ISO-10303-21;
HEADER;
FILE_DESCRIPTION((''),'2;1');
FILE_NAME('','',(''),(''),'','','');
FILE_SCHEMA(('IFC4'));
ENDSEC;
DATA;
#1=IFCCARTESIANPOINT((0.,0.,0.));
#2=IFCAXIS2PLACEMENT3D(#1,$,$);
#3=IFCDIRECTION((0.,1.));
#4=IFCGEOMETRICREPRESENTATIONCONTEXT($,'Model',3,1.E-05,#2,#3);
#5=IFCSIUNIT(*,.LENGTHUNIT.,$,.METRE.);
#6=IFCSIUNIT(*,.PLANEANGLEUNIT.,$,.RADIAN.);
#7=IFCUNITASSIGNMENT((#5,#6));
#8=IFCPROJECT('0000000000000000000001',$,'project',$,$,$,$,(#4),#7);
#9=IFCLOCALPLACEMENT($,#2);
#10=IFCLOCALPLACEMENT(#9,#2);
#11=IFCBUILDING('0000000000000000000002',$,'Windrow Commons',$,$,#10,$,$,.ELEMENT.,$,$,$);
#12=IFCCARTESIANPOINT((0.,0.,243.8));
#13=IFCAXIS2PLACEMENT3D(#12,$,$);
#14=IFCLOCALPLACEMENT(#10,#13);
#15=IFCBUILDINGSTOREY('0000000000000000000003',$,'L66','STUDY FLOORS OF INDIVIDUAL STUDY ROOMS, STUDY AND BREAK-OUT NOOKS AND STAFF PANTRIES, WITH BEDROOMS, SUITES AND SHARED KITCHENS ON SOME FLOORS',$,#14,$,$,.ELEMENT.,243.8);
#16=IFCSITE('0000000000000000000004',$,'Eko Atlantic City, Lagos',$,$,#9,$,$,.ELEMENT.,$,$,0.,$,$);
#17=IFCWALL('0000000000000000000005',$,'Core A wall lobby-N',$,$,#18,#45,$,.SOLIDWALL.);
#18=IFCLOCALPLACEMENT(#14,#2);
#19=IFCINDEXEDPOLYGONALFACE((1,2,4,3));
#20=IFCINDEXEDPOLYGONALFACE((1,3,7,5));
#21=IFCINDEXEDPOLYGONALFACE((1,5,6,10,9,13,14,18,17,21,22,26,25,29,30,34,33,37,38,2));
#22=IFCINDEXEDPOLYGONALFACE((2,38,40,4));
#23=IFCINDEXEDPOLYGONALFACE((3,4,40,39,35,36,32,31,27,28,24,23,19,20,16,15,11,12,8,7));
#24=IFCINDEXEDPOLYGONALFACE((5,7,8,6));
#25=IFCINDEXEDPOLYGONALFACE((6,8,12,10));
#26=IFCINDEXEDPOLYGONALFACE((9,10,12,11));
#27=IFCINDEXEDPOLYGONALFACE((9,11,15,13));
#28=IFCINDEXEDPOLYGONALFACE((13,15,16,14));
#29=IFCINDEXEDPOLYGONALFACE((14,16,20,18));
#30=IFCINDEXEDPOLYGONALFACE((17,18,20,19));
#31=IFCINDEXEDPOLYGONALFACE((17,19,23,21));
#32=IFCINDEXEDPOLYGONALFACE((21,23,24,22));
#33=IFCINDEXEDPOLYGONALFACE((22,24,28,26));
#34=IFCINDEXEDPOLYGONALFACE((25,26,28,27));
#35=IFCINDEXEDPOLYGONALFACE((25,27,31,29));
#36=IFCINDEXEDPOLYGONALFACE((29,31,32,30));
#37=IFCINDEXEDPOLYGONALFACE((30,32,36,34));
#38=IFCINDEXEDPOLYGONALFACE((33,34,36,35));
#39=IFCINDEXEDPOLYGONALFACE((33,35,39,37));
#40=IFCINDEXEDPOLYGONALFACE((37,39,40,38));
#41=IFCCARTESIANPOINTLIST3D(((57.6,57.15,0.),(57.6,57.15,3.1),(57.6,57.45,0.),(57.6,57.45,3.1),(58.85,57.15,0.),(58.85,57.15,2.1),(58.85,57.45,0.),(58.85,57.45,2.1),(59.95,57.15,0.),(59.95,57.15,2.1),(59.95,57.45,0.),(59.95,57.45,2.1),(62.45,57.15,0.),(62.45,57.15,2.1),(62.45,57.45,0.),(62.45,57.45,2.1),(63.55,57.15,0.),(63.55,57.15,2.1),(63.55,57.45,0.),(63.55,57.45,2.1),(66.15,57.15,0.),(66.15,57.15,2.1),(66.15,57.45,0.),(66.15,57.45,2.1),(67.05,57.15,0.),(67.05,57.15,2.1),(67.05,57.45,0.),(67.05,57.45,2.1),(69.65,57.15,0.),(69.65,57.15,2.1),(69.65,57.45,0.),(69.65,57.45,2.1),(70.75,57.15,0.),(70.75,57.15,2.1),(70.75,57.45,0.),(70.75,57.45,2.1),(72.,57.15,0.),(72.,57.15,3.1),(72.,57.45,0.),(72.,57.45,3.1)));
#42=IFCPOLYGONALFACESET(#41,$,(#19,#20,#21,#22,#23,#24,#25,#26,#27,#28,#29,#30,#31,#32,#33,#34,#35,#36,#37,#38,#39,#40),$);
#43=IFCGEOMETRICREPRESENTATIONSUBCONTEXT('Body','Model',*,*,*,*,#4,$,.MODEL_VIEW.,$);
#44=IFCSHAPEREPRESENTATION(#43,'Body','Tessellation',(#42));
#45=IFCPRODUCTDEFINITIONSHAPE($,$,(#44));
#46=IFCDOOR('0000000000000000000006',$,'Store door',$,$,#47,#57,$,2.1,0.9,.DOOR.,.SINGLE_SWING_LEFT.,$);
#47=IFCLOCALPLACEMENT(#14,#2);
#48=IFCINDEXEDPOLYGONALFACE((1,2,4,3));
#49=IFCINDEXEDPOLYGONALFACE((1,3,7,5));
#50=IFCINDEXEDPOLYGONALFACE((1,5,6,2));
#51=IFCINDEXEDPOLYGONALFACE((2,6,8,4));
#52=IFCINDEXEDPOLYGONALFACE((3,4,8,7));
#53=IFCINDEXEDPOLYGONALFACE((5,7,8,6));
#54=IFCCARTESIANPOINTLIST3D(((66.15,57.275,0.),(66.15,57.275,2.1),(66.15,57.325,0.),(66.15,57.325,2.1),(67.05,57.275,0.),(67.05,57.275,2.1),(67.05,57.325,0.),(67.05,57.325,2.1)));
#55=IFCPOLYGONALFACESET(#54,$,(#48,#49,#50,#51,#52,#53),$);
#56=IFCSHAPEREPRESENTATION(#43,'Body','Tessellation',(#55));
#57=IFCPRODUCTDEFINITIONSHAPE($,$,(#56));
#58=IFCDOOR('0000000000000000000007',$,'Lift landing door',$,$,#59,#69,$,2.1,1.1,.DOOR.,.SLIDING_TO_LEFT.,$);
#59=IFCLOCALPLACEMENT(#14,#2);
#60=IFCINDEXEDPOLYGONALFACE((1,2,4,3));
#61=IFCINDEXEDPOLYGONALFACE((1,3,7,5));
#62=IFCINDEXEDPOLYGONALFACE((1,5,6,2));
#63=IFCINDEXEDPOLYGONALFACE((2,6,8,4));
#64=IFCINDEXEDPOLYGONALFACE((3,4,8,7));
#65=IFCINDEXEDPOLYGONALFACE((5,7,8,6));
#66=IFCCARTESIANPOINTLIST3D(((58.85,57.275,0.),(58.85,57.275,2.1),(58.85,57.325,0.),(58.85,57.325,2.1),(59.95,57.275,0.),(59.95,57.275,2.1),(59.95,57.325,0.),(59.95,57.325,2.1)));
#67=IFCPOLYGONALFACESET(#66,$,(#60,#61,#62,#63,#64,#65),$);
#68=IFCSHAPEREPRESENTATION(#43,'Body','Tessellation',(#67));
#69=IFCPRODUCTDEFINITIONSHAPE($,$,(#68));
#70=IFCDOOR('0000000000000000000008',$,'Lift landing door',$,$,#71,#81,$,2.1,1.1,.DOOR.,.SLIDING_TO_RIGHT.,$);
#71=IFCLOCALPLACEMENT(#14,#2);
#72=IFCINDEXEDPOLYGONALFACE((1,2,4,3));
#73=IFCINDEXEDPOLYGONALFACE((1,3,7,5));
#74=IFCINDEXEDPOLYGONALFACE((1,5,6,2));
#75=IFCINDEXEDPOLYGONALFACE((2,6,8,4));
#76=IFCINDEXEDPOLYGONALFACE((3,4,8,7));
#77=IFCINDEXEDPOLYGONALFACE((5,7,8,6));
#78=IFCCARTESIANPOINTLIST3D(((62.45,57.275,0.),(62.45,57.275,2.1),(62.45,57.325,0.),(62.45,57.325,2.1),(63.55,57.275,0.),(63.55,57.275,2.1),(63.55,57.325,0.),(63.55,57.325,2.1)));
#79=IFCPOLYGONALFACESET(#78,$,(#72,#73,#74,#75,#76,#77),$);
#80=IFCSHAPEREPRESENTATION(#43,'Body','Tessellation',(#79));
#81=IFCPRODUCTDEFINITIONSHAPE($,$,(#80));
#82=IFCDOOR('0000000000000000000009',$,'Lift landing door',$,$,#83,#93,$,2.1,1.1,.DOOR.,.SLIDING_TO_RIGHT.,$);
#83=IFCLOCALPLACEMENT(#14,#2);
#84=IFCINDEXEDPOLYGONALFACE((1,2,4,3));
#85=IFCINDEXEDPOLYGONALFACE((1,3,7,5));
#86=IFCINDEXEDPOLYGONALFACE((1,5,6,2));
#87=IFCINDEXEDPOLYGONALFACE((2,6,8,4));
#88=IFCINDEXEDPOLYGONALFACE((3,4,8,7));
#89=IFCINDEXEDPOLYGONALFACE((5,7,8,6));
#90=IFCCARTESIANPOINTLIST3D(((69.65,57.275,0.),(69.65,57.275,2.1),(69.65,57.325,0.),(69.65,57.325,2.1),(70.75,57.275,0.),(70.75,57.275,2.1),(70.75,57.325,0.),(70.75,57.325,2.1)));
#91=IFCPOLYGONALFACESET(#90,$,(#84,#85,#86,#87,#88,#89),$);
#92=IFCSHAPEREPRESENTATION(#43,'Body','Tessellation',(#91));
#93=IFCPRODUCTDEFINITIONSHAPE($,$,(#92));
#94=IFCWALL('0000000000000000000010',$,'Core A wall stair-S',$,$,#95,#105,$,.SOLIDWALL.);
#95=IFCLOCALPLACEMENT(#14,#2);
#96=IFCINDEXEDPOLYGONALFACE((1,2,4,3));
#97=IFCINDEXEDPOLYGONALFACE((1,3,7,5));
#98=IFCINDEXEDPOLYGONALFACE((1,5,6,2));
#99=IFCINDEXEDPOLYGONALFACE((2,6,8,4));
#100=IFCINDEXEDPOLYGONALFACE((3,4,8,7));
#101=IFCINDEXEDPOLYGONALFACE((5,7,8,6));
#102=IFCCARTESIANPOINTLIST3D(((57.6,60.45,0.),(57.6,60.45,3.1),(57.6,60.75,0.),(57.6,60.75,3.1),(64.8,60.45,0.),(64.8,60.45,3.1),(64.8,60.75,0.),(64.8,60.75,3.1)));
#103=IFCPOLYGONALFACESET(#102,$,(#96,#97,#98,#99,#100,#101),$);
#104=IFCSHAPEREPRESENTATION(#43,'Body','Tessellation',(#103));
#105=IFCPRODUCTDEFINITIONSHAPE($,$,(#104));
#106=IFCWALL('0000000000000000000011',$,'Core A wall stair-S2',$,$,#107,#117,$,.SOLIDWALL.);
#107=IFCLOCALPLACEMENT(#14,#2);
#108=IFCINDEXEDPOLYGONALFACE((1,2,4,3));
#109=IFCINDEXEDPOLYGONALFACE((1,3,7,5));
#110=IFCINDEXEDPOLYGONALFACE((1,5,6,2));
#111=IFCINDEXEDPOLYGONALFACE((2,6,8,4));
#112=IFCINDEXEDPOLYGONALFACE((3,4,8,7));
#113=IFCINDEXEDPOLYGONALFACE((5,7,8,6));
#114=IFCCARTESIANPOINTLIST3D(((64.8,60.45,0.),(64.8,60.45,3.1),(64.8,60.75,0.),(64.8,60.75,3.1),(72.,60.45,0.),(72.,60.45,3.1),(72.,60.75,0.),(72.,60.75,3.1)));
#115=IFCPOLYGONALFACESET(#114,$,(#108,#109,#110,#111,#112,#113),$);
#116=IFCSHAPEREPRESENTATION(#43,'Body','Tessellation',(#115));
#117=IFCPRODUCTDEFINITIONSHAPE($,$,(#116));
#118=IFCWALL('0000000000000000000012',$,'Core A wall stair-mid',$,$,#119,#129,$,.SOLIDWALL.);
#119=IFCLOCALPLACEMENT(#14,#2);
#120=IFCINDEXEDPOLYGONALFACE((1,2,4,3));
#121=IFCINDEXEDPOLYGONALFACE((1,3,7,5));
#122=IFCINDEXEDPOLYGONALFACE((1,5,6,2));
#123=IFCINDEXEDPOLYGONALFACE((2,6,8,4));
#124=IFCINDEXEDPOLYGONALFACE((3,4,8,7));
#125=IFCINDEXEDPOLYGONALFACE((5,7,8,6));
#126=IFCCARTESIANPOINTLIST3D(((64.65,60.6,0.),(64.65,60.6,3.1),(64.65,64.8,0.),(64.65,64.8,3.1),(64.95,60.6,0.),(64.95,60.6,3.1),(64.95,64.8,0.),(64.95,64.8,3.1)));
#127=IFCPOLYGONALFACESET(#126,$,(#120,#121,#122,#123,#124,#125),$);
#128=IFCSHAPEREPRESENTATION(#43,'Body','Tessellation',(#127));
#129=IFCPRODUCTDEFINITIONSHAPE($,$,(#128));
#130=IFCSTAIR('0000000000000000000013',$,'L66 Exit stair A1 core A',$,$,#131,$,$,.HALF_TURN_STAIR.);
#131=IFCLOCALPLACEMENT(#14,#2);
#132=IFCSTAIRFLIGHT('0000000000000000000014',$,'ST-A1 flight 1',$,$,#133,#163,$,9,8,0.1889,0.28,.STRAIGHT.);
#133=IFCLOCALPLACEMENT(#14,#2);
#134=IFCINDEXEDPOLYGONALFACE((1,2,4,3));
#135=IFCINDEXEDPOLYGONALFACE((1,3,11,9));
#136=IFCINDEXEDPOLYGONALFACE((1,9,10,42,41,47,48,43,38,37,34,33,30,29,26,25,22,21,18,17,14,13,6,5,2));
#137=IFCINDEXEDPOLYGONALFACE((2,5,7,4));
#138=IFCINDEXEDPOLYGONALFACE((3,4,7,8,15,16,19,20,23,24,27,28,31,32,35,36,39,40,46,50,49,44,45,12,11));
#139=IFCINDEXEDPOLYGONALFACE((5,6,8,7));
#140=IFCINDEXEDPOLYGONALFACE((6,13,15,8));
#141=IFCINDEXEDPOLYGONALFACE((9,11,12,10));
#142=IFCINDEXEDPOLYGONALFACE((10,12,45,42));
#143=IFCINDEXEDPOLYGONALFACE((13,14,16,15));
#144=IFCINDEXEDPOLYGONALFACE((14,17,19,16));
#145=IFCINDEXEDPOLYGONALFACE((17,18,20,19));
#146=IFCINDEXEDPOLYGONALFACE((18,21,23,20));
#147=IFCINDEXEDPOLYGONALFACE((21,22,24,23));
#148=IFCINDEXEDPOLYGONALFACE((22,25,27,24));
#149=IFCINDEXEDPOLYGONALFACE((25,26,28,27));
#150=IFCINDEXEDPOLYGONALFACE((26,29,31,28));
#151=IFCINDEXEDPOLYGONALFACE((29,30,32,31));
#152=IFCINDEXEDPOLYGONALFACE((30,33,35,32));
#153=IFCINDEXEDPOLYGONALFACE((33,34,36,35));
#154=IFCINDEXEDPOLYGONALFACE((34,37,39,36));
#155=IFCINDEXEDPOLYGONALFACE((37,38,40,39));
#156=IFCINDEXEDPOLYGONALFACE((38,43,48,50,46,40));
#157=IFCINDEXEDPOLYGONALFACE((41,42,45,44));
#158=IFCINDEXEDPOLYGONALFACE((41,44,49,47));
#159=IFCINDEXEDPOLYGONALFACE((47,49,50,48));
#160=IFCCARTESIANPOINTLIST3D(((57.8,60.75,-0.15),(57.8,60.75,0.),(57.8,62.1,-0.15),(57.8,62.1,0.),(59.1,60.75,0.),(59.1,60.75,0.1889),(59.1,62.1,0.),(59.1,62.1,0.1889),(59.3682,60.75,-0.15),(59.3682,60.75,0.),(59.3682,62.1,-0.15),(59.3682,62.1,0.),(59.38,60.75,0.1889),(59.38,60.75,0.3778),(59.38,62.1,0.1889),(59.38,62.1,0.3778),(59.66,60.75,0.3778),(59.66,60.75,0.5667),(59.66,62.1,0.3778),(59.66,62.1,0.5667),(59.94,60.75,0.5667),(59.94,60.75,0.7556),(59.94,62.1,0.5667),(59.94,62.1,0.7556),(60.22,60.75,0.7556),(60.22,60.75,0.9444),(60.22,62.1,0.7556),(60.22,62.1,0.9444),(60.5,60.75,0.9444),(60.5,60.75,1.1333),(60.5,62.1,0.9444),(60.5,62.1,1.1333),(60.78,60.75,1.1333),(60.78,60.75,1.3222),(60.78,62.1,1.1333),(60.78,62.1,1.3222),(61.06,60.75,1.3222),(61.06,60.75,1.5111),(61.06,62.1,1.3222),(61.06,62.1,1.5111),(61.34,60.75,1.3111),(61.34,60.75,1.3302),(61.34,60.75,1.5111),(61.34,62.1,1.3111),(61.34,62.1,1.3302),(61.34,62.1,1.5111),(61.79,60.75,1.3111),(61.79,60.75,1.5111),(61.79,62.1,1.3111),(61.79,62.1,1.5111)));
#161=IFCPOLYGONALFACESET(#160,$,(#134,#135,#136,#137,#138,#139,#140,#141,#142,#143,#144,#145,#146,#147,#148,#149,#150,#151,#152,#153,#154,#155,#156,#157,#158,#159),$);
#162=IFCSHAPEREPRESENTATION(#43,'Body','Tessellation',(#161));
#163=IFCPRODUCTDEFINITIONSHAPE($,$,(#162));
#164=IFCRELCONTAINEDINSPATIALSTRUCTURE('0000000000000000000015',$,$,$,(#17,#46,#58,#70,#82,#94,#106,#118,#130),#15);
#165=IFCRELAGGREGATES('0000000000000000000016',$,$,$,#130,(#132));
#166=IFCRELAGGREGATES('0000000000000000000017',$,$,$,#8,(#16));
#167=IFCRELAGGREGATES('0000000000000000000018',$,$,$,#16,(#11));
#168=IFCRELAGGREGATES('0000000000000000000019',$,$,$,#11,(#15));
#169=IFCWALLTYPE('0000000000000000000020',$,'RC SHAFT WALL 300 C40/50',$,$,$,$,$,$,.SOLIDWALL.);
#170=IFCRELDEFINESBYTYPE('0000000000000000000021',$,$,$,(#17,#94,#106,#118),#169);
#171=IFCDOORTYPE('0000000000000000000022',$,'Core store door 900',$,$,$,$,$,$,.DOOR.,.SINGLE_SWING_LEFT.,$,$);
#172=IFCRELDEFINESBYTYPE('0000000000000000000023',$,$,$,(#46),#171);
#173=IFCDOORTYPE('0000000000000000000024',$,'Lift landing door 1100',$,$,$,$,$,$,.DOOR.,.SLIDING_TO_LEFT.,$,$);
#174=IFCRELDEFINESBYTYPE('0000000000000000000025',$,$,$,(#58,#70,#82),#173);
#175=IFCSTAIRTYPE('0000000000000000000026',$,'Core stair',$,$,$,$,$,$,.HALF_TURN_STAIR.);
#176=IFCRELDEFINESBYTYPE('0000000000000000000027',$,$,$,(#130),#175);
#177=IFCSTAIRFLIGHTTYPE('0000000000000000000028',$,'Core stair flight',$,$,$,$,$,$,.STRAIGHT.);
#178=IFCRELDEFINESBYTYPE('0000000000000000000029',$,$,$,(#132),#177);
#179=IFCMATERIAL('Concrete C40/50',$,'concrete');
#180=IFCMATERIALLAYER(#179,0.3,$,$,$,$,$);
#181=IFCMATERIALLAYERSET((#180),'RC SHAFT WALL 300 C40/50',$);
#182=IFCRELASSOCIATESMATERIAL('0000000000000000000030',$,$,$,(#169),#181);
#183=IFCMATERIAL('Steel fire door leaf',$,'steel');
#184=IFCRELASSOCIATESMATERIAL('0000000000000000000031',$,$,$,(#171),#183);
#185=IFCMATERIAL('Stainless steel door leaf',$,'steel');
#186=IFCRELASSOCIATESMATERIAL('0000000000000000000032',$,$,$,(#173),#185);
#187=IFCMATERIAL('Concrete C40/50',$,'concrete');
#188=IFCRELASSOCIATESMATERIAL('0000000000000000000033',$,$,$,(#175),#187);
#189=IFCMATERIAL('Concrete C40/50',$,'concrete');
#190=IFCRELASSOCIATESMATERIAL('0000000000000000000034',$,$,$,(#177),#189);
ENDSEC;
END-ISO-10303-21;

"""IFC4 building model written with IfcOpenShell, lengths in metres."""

from ifc_helpers import new_model, si_unit, direction, frame, frame_2d, origin, place, context, subcontext, project, spatial, polyline, rectangle, outline, extrude, material, layer, layer_set, type_object, element, fill, aggregate, save


model = new_model("IFC4")

# Units and contexts
model_context = context("Model", 3, precision=1e-05, world=origin(), true_north=direction((0.0, 1.0)))
body_context = subcontext(model_context, "Body", "Model", "MODEL_VIEW")
ifc_project = project(units=[si_unit("LENGTHUNIT", "METRE"), si_unit("PLANEANGLEUNIT", "RADIAN")], contexts=[model_context])

# Site, building, storey
site_placement = place(None, origin())
site = spatial("IfcSite", under=ifc_project, at=site_placement, Name="Eko Atlantic City, Lagos", CompositionType="ELEMENT", RefElevation=0.0)
building_placement = place(site_placement, origin())
building = spatial("IfcBuilding", under=site, at=building_placement, Name="Windrow Commons", CompositionType="ELEMENT")
storey_placement = place(building_placement, frame((0.0, 0.0, 243.8)))
storey = spatial("IfcBuildingStorey", under=building, at=storey_placement, Name="L66", Description="STUDY FLOORS OF INDIVIDUAL STUDY ROOMS, STUDY AND BREAK-OUT NOOKS AND STAFF PANTRIES, WITH BEDROOMS, SUITES AND SHARED KITCHENS ON SOME FLOORS", CompositionType="ELEMENT", Elevation=243.8)

# Shared definitions
ifc_material_1 = material(Name="Concrete C40/50", Category="concrete")
ifc_layer_1 = layer(ifc_material_1, 0.3)
ifc_layer_set_1 = layer_set([ifc_layer_1], Name="RC SHAFT WALL 300 C40/50")
wall_type_1 = type_object("IfcWallType", Name="RC SHAFT WALL 300 C40/50", PredefinedType="SOLIDWALL", material=ifc_layer_set_1)

# Wall, openings, doors
ifc_material_2 = material(Name="Steel fire door leaf", Category="steel")
door_type_1 = type_object("IfcDoorType", Name="Core store door 900", OperationType="SINGLE_SWING_LEFT", PredefinedType="DOOR", material=ifc_material_2)
ifc_material_3 = material(Name="Stainless steel door leaf", Category="steel")
door_type_2 = type_object("IfcDoorType", Name="Lift landing door 1100", OperationType="SLIDING_TO_LEFT", PredefinedType="DOOR", material=ifc_material_3)
wall_1_placement = place(storey_placement, frame((57.6, 57.3, 0.0), z_axis=(0.0, 0.0, 1.0), x_axis=(1.0, 0.0, 0.0)))
wall_1 = element("IfcWall", 1, at=wall_1_placement, inside=storey, type_object=wall_type_1, Name="Core A wall lobby-N", PredefinedType="SOLIDWALL", context=body_context, shape_type="SweptSolid", body=[
    extrude(rectangle(XDim=14.4, YDim=0.3, at=frame_2d((7.2, 0.0))), origin(), (0.0, 0.0, 1.0), 3.1),
])
opening_1_placement = place(wall_1_placement, frame((8.55, 0.0, 0.0)))
opening_1 = element("IfcOpeningElement", 2, at=opening_1_placement, cuts=wall_1, PredefinedType="OPENING", context=body_context, shape_type="SweptSolid", body=[
    extrude(rectangle(XDim=0.9, YDim=2.1, at=frame_2d((0.45, 1.05))), frame((0.0, 0.16, 0.0), z_axis=(0.0, -1.0, 0.0), x_axis=(1.0, 0.0, 0.0)), (0.0, 0.0, 1.0), 0.32),
])
opening_2_placement = place(wall_1_placement, frame((1.25, 0.0, 0.0)))
opening_2 = element("IfcOpeningElement", 3, at=opening_2_placement, cuts=wall_1, PredefinedType="OPENING", context=body_context, shape_type="SweptSolid", body=[
    extrude(rectangle(XDim=1.1, YDim=2.1, at=frame_2d((0.55, 1.05))), frame((0.0, 0.16, 0.0), z_axis=(0.0, -1.0, 0.0), x_axis=(1.0, 0.0, 0.0)), (0.0, 0.0, 1.0), 0.32),
])
opening_3_placement = place(wall_1_placement, frame((4.85, 0.0, 0.0)))
opening_3 = element("IfcOpeningElement", 4, at=opening_3_placement, cuts=wall_1, PredefinedType="OPENING", context=body_context, shape_type="SweptSolid", body=[
    extrude(rectangle(XDim=1.1, YDim=2.1, at=frame_2d((0.55, 1.05))), frame((0.0, 0.16, 0.0), z_axis=(0.0, -1.0, 0.0), x_axis=(1.0, 0.0, 0.0)), (0.0, 0.0, 1.0), 0.32),
])
opening_4_placement = place(wall_1_placement, frame((12.05, 0.0, 0.0)))
opening_4 = element("IfcOpeningElement", 5, at=opening_4_placement, cuts=wall_1, PredefinedType="OPENING", context=body_context, shape_type="SweptSolid", body=[
    extrude(rectangle(XDim=1.1, YDim=2.1, at=frame_2d((0.55, 1.05))), frame((0.0, 0.16, 0.0), z_axis=(0.0, -1.0, 0.0), x_axis=(1.0, 0.0, 0.0)), (0.0, 0.0, 1.0), 0.32),
])
door_1_placement = place(opening_1_placement, origin())
door_1 = element("IfcDoor", 6, at=door_1_placement, inside=storey, type_object=door_type_1, Name="Store door", OperationType="SINGLE_SWING_LEFT", OverallHeight=2.1, OverallWidth=0.9, PredefinedType="DOOR", context=body_context, shape_type="SweptSolid", body=[
    extrude(rectangle(XDim=0.9, YDim=2.1, at=frame_2d((0.45, 1.05))), frame((0.0, 0.025, 0.0), z_axis=(0.0, -1.0, 0.0), x_axis=(1.0, 0.0, 0.0)), (0.0, 0.0, 1.0), 0.05),
])
fill(opening_1, door_1)
door_2_placement = place(opening_2_placement, origin())
door_2 = element("IfcDoor", 7, at=door_2_placement, inside=storey, type_object=door_type_2, Name="Lift landing door", OperationType="SLIDING_TO_LEFT", OverallHeight=2.1, OverallWidth=1.1, PredefinedType="DOOR", context=body_context, shape_type="SweptSolid", body=[
    extrude(rectangle(XDim=1.1, YDim=2.1, at=frame_2d((0.55, 1.05))), frame((0.0, 0.025, 0.0), z_axis=(0.0, -1.0, 0.0), x_axis=(1.0, 0.0, 0.0)), (0.0, 0.0, 1.0), 0.05),
])
fill(opening_2, door_2)
door_3_placement = place(opening_3_placement, origin())
door_3 = element("IfcDoor", 8, at=door_3_placement, inside=storey, type_object=door_type_2, Name="Lift landing door", OperationType="SLIDING_TO_RIGHT", OverallHeight=2.1, OverallWidth=1.1, PredefinedType="DOOR", context=body_context, shape_type="SweptSolid", body=[
    extrude(rectangle(XDim=1.1, YDim=2.1, at=frame_2d((0.55, 1.05))), frame((0.0, 0.025, 0.0), z_axis=(0.0, -1.0, 0.0), x_axis=(1.0, 0.0, 0.0)), (0.0, 0.0, 1.0), 0.05),
])
fill(opening_3, door_3)
door_4_placement = place(opening_4_placement, origin())
door_4 = element("IfcDoor", 9, at=door_4_placement, inside=storey, type_object=door_type_2, Name="Lift landing door", OperationType="SLIDING_TO_RIGHT", OverallHeight=2.1, OverallWidth=1.1, PredefinedType="DOOR", context=body_context, shape_type="SweptSolid", body=[
    extrude(rectangle(XDim=1.1, YDim=2.1, at=frame_2d((0.55, 1.05))), frame((0.0, 0.025, 0.0), z_axis=(0.0, -1.0, 0.0), x_axis=(1.0, 0.0, 0.0)), (0.0, 0.0, 1.0), 0.05),
])
fill(opening_4, door_4)

# Walls
for number, where, z_axis, x_axis, name in (
    (10, (57.6, 60.6, 0.0), (0.0, 0.0, 1.0), (1.0, 0.0, 0.0), "Core A wall stair-S"),
    (11, (64.8, 60.6, 0.0), (0.0, 0.0, 1.0), (1.0, 0.0, 0.0), "Core A wall stair-S2"),
):
    element("IfcWall", number, at=place(storey_placement, frame(where, z_axis=z_axis, x_axis=x_axis)), inside=storey, type_object=wall_type_1, Name=name, PredefinedType="SOLIDWALL", context=body_context, shape_type="SweptSolid", body=[
        extrude(rectangle(XDim=7.2, YDim=0.3, at=frame_2d((3.6, 0.0))), origin(), (0.0, 0.0, 1.0), 3.1),
    ])
wall_2_placement = place(storey_placement, frame((64.8, 60.6, 0.0), z_axis=(0.0, 0.0, 1.0), x_axis=(0.0, 1.0, 0.0)))
element("IfcWall", 12, at=wall_2_placement, inside=storey, type_object=wall_type_1, Name="Core A wall stair-mid", PredefinedType="SOLIDWALL", context=body_context, shape_type="SweptSolid", body=[
    extrude(rectangle(XDim=4.2, YDim=0.3, at=frame_2d((2.1, 0.0))), origin(), (0.0, 0.0, 1.0), 3.1),
])

# Stair, stair flight
ifc_material_4 = material(Name="Concrete C40/50", Category="concrete")
stair_type = type_object("IfcStairType", Name="Core stair", PredefinedType="HALF_TURN_STAIR", material=ifc_material_4)
stair_placement = place(storey_placement, origin())
stair = element("IfcStair", 13, at=stair_placement, inside=storey, type_object=stair_type, Name="L66 Exit stair A1 core A", PredefinedType="HALF_TURN_STAIR")
ifc_material_5 = material(Name="Concrete C40/50", Category="concrete")
stair_flight_type = type_object("IfcStairFlightType", Name="Core stair flight", PredefinedType="STRAIGHT", material=ifc_material_5)
stair_flight_1_placement = place(storey_placement, frame((59.1, 61.425, 0.0), z_axis=(0.0, 0.0, 1.0), x_axis=(1.0, 0.0, 0.0)))
stair_flight_1 = element("IfcStairFlight", 14, at=stair_flight_1_placement, type_object=stair_flight_type, Name="ST-A1 flight 1", NumberOfRisers=9, NumberOfTreads=8, PredefinedType="STRAIGHT", RiserHeight=0.1889, TreadLength=0.28, context=body_context, shape_type="SweptSolid", body=[
    extrude(outline(polyline([(-1.3, -0.15), (-1.3, 0.0), (0.0, 0.0), (0.0, 0.1889), (0.28, 0.1889), (0.28, 0.3778), (0.56, 0.3778), (0.56, 0.5667), (0.84, 0.5667), (0.84, 0.7556), (1.12, 0.7556), (1.12, 0.9444), (1.4, 0.9444), (1.4, 1.1333), (1.68, 1.1333), (1.68, 1.3222), (1.96, 1.3222), (1.96, 1.5111), (2.24, 1.5111), (2.69, 1.5111), (2.69, 1.3111), (2.24, 1.3111), (2.24, 1.3302), (0.2682, 0.0), (0.2682, -0.15), (-1.3, -0.15)])), frame((0.0, 0.675, 0.0), z_axis=(0.0, -1.0, 0.0), x_axis=(1.0, 0.0, 0.0)), (0.0, 0.0, 1.0), 1.35),
])
aggregate(stair, [stair_flight_1])

save(model, "model.ifc")
